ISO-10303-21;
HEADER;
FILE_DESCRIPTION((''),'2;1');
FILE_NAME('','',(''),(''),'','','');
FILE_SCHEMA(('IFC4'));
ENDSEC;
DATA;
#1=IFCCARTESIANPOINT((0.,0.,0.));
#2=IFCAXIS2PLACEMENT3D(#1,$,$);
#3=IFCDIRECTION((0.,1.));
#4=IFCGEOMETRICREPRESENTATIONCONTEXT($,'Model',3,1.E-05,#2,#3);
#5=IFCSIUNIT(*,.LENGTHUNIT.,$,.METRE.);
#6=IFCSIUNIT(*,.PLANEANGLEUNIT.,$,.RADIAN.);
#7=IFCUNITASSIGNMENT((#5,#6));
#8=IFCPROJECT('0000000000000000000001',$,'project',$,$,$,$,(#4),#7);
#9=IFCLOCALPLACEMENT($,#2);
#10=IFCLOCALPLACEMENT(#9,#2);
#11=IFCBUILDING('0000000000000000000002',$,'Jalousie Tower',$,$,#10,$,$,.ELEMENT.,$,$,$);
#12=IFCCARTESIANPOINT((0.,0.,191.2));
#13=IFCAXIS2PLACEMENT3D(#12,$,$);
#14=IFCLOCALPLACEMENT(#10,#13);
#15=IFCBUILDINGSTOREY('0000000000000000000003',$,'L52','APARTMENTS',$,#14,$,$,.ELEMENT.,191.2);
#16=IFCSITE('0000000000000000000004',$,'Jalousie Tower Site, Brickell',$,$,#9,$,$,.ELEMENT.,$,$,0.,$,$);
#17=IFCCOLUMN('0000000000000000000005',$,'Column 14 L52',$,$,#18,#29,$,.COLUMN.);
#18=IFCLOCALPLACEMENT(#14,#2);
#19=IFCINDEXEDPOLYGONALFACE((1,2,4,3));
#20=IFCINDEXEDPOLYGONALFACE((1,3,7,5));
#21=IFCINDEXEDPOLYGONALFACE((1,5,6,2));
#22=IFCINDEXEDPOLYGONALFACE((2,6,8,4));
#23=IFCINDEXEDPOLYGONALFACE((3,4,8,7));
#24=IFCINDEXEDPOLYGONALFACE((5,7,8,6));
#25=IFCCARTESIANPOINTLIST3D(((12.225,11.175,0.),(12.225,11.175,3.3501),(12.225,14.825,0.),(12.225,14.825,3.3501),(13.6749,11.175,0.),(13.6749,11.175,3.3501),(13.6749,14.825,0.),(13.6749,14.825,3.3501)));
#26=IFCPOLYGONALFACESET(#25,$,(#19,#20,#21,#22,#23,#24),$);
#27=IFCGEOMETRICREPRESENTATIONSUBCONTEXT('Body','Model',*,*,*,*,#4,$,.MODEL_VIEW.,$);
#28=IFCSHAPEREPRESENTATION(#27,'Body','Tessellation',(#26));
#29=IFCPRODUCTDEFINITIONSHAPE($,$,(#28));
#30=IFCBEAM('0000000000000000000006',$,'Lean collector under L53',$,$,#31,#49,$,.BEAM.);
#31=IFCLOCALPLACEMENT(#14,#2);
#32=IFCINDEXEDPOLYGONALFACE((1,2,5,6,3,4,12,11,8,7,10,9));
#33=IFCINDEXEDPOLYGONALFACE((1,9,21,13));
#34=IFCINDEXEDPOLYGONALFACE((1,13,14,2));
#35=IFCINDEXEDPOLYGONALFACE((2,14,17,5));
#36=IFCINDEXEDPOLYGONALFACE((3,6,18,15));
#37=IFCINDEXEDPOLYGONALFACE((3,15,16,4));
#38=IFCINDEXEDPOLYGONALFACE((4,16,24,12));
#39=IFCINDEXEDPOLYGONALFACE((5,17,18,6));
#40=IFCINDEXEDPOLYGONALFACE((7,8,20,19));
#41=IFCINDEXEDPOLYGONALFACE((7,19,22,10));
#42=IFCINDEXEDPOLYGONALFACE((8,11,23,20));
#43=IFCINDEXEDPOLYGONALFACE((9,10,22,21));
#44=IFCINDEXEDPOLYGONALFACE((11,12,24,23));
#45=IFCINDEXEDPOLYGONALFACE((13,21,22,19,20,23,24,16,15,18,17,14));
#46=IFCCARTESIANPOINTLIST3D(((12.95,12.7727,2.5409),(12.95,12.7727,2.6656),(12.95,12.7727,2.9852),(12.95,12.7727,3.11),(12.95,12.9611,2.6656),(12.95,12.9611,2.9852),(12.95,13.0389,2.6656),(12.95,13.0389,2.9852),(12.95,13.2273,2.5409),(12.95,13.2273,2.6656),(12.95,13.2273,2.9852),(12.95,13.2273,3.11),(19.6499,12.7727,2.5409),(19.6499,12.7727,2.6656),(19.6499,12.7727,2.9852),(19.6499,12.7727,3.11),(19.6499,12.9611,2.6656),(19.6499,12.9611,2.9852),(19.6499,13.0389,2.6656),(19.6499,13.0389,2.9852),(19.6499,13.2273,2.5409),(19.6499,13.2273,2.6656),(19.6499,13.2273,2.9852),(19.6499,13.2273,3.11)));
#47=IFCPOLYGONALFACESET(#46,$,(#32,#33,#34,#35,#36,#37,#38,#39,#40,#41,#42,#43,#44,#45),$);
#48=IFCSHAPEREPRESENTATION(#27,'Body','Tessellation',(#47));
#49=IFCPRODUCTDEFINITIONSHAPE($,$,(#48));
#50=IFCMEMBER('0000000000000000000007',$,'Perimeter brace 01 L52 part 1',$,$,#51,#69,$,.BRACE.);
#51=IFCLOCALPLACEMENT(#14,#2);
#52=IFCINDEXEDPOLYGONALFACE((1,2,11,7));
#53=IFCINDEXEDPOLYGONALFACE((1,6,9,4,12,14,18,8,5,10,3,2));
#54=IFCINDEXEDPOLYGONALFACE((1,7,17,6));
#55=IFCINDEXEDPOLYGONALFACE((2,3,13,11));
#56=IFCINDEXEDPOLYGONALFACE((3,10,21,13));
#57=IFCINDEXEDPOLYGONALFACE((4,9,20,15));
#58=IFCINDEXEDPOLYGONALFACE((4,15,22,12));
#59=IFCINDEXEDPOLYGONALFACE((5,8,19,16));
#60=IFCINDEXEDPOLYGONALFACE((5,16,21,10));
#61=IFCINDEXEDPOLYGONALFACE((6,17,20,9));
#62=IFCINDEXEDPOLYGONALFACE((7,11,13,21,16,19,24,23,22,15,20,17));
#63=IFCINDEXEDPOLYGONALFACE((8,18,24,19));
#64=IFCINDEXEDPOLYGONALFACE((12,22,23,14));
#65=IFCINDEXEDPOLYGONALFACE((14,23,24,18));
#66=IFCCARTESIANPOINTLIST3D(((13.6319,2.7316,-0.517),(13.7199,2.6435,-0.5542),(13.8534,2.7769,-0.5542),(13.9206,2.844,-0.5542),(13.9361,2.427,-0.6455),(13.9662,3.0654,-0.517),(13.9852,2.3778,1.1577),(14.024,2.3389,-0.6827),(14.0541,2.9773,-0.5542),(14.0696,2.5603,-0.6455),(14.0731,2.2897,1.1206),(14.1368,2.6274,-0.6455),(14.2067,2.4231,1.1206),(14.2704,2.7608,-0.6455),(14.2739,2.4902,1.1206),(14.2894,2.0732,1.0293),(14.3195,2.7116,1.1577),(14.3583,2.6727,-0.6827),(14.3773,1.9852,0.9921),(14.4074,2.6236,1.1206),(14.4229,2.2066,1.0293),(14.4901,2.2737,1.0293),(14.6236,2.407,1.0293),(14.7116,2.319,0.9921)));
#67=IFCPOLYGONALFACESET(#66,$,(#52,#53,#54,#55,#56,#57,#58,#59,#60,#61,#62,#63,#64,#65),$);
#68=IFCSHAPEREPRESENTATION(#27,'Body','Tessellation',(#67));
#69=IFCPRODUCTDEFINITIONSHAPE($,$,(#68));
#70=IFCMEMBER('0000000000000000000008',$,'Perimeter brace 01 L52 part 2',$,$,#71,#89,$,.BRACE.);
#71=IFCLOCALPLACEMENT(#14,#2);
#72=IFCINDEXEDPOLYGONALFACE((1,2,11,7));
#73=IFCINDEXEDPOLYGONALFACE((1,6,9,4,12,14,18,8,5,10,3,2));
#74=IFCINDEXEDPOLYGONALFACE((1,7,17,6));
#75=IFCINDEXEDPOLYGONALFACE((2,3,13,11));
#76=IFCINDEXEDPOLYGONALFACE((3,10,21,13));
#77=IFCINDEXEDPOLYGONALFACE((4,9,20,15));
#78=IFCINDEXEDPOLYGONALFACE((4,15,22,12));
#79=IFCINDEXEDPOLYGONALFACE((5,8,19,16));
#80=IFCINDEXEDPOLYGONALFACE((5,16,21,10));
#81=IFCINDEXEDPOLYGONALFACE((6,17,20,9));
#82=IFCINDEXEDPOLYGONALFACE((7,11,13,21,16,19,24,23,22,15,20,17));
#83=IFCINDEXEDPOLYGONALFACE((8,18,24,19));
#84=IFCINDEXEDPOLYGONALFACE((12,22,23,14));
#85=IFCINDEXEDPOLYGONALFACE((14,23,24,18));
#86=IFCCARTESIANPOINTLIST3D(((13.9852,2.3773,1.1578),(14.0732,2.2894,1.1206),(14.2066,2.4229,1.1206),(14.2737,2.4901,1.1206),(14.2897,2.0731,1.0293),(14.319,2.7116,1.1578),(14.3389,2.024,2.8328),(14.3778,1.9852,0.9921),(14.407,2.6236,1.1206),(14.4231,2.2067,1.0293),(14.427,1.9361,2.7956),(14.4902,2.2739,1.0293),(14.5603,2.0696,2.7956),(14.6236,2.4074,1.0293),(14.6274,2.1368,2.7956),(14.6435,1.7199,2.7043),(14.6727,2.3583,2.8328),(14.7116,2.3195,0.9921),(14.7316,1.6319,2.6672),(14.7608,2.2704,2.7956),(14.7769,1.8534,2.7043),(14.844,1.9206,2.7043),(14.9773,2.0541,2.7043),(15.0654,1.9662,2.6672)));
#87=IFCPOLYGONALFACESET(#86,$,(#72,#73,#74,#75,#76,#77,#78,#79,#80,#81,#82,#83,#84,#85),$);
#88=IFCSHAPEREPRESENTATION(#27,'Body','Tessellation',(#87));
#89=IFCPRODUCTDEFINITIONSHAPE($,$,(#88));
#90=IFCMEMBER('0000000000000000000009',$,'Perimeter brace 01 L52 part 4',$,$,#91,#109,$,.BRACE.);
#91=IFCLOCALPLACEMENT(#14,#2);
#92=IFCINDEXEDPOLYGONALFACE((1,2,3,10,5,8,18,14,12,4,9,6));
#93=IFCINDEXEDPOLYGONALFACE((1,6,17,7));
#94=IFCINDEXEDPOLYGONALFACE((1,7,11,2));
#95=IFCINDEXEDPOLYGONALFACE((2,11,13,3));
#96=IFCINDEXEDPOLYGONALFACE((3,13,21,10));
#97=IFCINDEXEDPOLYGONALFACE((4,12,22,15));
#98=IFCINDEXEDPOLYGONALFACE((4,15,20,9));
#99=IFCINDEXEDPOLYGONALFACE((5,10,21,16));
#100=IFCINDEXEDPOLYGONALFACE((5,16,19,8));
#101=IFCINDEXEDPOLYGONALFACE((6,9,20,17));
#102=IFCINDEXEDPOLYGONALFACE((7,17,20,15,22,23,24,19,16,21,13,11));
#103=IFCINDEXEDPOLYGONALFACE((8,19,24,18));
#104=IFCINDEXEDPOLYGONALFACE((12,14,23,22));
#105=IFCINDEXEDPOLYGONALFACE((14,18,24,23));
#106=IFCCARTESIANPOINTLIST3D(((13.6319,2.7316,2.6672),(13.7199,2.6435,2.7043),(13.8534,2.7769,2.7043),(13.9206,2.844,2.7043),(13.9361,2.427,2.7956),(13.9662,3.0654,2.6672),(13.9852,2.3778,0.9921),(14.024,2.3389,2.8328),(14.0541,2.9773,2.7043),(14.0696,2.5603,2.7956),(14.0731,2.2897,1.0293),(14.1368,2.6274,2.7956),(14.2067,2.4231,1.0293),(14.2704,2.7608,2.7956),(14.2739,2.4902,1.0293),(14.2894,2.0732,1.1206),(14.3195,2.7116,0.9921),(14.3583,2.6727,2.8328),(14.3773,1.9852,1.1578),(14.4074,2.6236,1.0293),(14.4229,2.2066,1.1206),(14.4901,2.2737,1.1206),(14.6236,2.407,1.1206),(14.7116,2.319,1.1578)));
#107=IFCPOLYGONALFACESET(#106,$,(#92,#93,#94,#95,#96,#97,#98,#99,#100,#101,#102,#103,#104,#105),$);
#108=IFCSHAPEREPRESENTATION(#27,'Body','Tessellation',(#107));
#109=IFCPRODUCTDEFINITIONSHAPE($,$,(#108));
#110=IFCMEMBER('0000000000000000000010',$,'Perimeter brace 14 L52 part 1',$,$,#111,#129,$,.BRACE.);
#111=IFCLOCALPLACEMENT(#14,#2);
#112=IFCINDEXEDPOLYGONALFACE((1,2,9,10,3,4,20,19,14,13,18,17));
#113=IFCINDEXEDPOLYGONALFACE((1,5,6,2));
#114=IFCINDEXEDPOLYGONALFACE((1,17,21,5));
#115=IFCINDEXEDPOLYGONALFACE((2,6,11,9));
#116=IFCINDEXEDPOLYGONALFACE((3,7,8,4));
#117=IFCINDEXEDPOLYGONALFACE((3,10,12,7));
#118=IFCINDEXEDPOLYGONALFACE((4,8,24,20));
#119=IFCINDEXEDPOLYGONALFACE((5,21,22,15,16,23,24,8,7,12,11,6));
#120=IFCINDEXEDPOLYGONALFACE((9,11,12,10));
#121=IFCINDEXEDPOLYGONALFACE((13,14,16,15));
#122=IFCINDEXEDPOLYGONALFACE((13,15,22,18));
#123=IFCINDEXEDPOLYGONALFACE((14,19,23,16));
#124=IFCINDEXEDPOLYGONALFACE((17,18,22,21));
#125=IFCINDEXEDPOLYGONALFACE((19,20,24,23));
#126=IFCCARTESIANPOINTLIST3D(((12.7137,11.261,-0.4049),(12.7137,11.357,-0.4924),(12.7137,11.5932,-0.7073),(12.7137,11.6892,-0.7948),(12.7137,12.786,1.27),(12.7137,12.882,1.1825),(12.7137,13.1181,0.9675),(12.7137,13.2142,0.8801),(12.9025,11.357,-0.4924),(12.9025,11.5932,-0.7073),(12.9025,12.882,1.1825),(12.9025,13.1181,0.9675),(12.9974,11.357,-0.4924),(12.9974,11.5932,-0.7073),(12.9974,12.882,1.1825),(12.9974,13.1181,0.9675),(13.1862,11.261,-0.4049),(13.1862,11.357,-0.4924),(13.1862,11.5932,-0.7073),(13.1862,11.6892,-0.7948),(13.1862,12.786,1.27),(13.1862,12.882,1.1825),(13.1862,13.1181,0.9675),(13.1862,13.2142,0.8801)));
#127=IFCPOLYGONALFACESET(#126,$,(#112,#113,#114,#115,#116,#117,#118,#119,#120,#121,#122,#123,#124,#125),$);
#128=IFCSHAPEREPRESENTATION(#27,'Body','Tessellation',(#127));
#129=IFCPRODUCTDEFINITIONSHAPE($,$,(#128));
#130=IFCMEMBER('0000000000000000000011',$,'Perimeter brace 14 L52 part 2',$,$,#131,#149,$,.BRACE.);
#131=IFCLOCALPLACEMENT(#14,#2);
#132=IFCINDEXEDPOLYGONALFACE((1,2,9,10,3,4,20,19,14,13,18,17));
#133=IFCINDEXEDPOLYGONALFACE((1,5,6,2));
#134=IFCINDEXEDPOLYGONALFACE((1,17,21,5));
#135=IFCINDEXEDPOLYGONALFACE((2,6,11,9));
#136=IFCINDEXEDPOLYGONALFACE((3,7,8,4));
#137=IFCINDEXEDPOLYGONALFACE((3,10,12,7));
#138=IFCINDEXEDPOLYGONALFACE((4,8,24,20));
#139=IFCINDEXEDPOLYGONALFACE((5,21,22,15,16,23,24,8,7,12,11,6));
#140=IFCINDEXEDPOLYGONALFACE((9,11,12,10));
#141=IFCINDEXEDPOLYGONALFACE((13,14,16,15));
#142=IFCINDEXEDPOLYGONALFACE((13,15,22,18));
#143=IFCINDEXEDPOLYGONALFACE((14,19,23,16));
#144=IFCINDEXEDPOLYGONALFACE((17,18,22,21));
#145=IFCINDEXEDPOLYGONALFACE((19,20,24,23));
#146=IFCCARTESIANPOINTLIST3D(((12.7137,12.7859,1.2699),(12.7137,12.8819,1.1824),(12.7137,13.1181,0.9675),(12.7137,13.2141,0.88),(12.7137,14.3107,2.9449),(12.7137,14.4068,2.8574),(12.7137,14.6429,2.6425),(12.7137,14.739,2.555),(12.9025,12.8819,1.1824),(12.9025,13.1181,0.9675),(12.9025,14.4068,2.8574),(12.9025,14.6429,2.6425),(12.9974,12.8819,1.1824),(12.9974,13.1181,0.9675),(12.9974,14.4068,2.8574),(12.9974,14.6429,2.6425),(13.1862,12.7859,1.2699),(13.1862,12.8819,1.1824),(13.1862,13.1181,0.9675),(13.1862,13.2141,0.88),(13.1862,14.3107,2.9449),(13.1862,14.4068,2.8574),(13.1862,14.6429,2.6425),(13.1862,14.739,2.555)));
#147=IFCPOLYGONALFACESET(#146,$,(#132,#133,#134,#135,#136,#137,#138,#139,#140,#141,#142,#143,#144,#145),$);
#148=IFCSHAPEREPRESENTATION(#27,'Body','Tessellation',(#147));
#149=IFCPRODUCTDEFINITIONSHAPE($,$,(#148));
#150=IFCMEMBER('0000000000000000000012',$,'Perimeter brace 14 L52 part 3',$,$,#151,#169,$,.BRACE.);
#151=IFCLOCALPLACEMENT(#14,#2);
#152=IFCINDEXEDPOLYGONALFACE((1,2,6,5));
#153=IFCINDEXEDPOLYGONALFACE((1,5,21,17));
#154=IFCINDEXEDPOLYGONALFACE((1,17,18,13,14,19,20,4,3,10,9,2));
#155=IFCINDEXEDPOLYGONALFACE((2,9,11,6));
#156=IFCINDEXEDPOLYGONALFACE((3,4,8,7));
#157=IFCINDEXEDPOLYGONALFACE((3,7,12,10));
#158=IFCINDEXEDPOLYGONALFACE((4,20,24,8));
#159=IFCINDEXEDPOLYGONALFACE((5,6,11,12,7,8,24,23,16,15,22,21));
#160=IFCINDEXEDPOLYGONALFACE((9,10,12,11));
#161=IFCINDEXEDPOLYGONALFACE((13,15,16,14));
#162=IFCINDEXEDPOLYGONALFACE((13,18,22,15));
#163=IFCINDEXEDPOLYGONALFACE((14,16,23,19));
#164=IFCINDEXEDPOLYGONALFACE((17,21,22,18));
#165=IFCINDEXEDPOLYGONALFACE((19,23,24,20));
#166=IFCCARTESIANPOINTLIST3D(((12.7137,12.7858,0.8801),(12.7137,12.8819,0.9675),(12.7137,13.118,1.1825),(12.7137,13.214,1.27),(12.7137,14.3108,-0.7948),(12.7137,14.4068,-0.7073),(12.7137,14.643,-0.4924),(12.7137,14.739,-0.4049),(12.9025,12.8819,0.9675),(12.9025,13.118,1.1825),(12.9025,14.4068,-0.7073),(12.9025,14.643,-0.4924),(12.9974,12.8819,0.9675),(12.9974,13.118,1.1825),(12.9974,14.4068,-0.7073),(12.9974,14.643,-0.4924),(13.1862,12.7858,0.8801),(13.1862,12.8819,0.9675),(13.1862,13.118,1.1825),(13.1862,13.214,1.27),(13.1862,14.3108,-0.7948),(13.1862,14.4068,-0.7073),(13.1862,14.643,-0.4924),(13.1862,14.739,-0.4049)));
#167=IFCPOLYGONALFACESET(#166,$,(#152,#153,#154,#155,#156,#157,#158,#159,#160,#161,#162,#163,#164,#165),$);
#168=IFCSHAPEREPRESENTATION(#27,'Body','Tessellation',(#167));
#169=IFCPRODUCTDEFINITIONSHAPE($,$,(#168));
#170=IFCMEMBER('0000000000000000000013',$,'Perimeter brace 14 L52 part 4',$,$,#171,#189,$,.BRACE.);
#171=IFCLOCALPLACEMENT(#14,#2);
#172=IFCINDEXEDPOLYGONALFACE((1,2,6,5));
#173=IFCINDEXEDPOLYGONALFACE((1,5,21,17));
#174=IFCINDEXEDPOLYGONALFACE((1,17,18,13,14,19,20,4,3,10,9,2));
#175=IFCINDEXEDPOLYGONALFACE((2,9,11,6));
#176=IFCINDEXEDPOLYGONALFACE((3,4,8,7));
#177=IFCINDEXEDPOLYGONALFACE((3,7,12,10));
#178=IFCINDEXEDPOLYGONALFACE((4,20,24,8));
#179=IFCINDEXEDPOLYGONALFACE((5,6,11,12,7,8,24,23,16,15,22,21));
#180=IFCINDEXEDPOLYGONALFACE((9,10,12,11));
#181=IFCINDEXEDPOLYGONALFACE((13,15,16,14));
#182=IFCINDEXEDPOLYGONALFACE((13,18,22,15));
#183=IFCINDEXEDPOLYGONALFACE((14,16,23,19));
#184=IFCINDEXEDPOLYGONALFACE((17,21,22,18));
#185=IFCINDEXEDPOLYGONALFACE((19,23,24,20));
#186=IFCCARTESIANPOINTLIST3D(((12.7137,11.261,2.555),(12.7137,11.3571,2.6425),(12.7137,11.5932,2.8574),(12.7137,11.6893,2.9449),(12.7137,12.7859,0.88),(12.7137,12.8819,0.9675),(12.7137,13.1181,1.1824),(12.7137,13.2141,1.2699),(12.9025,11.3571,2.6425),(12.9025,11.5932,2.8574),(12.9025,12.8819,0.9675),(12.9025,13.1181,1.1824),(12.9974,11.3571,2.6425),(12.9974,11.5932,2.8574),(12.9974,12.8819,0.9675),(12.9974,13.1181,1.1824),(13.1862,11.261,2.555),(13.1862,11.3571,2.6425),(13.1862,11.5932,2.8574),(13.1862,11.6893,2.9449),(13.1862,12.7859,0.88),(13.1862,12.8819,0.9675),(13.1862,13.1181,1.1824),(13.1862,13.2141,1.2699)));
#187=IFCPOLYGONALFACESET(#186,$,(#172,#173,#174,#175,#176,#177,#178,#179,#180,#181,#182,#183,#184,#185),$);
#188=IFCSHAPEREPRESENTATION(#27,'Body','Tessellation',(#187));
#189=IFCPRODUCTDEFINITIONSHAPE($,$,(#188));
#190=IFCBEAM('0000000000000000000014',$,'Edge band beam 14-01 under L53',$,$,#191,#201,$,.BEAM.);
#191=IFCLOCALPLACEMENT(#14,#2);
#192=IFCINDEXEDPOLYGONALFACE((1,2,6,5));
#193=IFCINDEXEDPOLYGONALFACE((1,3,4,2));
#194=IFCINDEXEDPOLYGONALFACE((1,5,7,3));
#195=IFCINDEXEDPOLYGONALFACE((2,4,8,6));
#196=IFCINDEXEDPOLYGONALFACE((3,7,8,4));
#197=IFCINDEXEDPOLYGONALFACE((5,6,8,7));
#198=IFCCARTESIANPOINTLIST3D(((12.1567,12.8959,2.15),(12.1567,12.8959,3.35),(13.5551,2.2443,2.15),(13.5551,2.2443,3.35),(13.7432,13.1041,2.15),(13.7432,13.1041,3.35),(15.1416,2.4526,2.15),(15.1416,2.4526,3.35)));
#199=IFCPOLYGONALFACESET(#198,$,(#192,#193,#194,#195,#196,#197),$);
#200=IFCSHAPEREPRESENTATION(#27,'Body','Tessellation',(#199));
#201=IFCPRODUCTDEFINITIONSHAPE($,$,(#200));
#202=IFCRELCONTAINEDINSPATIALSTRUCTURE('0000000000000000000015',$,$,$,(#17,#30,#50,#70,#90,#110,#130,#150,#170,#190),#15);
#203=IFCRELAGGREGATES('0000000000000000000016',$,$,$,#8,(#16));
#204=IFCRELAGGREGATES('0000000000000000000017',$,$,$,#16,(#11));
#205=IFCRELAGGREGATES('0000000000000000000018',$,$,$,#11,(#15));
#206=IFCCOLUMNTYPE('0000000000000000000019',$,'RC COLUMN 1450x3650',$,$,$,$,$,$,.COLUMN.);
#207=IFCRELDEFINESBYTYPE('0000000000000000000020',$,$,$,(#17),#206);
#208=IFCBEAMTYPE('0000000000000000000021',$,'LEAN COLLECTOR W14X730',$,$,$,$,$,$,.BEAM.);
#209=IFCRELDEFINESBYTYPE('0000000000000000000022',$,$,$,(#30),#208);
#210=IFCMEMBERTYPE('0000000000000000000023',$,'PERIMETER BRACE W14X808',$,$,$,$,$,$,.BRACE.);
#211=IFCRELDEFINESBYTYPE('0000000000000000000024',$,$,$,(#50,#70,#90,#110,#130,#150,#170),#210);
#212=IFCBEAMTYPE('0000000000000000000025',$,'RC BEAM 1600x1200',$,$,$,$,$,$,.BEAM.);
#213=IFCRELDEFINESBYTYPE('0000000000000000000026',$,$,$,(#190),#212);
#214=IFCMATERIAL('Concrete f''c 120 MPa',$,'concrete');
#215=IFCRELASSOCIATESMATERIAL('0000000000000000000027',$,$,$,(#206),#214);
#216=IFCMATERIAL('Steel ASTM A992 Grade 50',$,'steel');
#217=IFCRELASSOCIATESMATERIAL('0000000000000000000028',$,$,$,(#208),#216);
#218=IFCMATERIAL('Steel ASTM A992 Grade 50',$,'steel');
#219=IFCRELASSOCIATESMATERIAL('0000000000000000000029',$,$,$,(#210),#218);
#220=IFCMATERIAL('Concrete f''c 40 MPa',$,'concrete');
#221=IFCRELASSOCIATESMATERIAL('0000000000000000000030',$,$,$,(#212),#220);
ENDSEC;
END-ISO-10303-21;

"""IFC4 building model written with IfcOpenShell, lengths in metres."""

from ifc_helpers import new_model, si_unit, direction, frame, origin, origin_2d, place, context, subcontext, project, spatial, rectangle, i_section, extrude, material, material_profile, profile_set, type_object, element, save


model = new_model("IFC4")

# Units and contexts
model_context = context("Model", 3, precision=1e-05, world=origin(), true_north=direction((0.0, 1.0)))
body_context = subcontext(model_context, "Body", "Model", "MODEL_VIEW")
ifc_project = project(units=[si_unit("LENGTHUNIT", "METRE"), si_unit("PLANEANGLEUNIT", "RADIAN")], contexts=[model_context])

# Site, building, storey
site_placement = place(None, origin())
site = spatial("IfcSite", under=ifc_project, at=site_placement, Name="Jalousie Tower Site, Brickell", CompositionType="ELEMENT", RefElevation=0.0)
building_placement = place(site_placement, origin())
building = spatial("IfcBuilding", under=site, at=building_placement, Name="Jalousie Tower", CompositionType="ELEMENT")
storey_placement = place(building_placement, frame((0.0, 0.0, 191.2)))
storey = spatial("IfcBuildingStorey", under=building, at=storey_placement, Name="L52", Description="APARTMENTS", CompositionType="ELEMENT", Elevation=191.2)

# Column
ifc_material_1 = material(Name="Concrete f'c 120 MPa", Category="concrete")
ifc_material_profile_1 = material_profile(ifc_material_1, rectangle(XDim=1.45, YDim=3.6499, at=origin_2d()), Name="RC 1450x3650")
ifc_profile_set_1 = profile_set([ifc_material_profile_1], Name="Concrete f'c 120 MPa")
column_type = type_object("IfcColumnType", Name="RC COLUMN 1450x3650", PredefinedType="COLUMN", material=ifc_profile_set_1)
column_placement = place(storey_placement, frame((12.95, 13.0, 0.0), z_axis=(0.0, 0.0, 1.0), x_axis=(1.0, 0.0, 0.0)))
element("IfcColumn", 1, at=column_placement, inside=storey, type_object=column_type, Name="Column 14 L52", PredefinedType="COLUMN", context=body_context, shape_type="SweptSolid", body=[
    extrude(rectangle(XDim=1.45, YDim=3.6499, at=origin_2d()), origin(), (0.0, 0.0, 1.0), 3.3501),
])

# Beam
ifc_material_2 = material(Name="Steel ASTM A992 Grade 50", Category="steel")
ifc_material_profile_2 = material_profile(ifc_material_2, i_section(OverallWidth=0.4546, OverallDepth=0.5691, WebThickness=0.0779, FlangeThickness=0.1248, at=origin_2d()), Name="W14X730")
ifc_profile_set_2 = profile_set([ifc_material_profile_2], Name="Steel ASTM A992 Grade 50")
beam_type_1 = type_object("IfcBeamType", Name="LEAN COLLECTOR W14X730", PredefinedType="BEAM", material=ifc_profile_set_2)
beam_1_placement = place(storey_placement, frame((12.95, 13.0, 2.8254), z_axis=(1.0, 0.0, 0.0), x_axis=(0.0, 1.0, 0.0)))
element("IfcBeam", 2, at=beam_1_placement, inside=storey, type_object=beam_type_1, Name="Lean collector under L53", PredefinedType="BEAM", context=body_context, shape_type="SweptSolid", body=[
    extrude(i_section(OverallWidth=0.4546, OverallDepth=0.5691, WebThickness=0.0779, FlangeThickness=0.1248, at=origin_2d()), origin(), (0.0, 0.0, 1.0), 6.7),
])

# Members
ifc_material_3 = material(Name="Steel ASTM A992 Grade 50", Category="steel")
ifc_material_profile_3 = material_profile(ifc_material_3, i_section(OverallWidth=0.4724, OverallDepth=0.5791, WebThickness=0.095, FlangeThickness=0.1299, at=origin_2d()), Name="W14X808")
ifc_profile_set_3 = profile_set([ifc_material_profile_3], Name="Steel ASTM A992 Grade 50")
member_type = type_object("IfcMemberType", Name="PERIMETER BRACE W14X808", PredefinedType="BRACE", material=ifc_profile_set_3)
member_placement = place(storey_placement, frame((13.9951, 2.7021, -0.5999), z_axis=(0.20212, -0.202399, 0.958218), x_axis=(0.707595, 0.706618, 0.0)))
element("IfcMember", 3, at=member_placement, inside=storey, type_object=member_type, Name="Perimeter brace 01 L52 part 1", PredefinedType="BRACE", context=body_context, shape_type="SweptSolid", body=[
    extrude(i_section(OverallWidth=0.4724, OverallDepth=0.5791, WebThickness=0.095, FlangeThickness=0.1299, at=origin_2d()), origin(), (0.0, 0.0, 1.0), 1.7478),
])
for number, where, z_axis, x_axis, name in (
    (4, (14.3484, 2.3484, 1.075), (0.202372, -0.202093, 0.95823), (0.706618, 0.707595, 0.0), "Perimeter brace 01 L52 part 2"),
    (5, (14.3484, 2.3484, 1.075), (-0.202093, 0.202372, 0.95823), (-0.707595, -0.706618, 0.0), "Perimeter brace 01 L52 part 4"),
):
    element("IfcMember", number, at=place(storey_placement, frame(where, z_axis=z_axis, x_axis=x_axis)), inside=storey, type_object=member_type, Name=name, PredefinedType="BRACE", context=body_context, shape_type="SweptSolid", body=[
        extrude(i_section(OverallWidth=0.4724, OverallDepth=0.5791, WebThickness=0.095, FlangeThickness=0.1299, at=origin_2d()), origin(), (0.0, 0.0, 1.0), 1.748),
    ])
for number, where, z_axis, x_axis, name in (
    (6, (12.95, 11.4751, -0.5999), (0.0, 0.673241, 0.739423), (-1.0, 0.0, 0.0), "Perimeter brace 14 L52 part 1"),
    (7, (12.95, 13.0, 1.075), (0.0, 0.673188, 0.739472), (-1.0, 0.0, 0.0), "Perimeter brace 14 L52 part 2"),
    (8, (12.95, 14.5249, -0.5999), (0.0, -0.673241, 0.739423), (1.0, 0.0, 0.0), "Perimeter brace 14 L52 part 3"),
    (9, (12.95, 13.0, 1.075), (0.0, -0.673188, 0.739472), (1.0, 0.0, 0.0), "Perimeter brace 14 L52 part 4"),
):
    element("IfcMember", number, at=place(storey_placement, frame(where, z_axis=z_axis, x_axis=x_axis)), inside=storey, type_object=member_type, Name=name, PredefinedType="BRACE", context=body_context, shape_type="SweptSolid", body=[
        extrude(i_section(OverallWidth=0.4724, OverallDepth=0.5791, WebThickness=0.095, FlangeThickness=0.1299, at=origin_2d()), origin(), (0.0, 0.0, 1.0), 2.2651),
    ])

# Beam
ifc_material_4 = material(Name="Concrete f'c 40 MPa", Category="concrete")
ifc_material_profile_4 = material_profile(ifc_material_4, rectangle(XDim=1.6001, YDim=1.2, at=origin_2d()), Name="RC 1600x1200")
ifc_profile_set_4 = profile_set([ifc_material_profile_4], Name="Concrete f'c 40 MPa")
beam_type_2 = type_object("IfcBeamType", Name="RC BEAM 1600x1200", PredefinedType="BEAM", material=ifc_profile_set_4)
beam_2_placement = place(storey_placement, frame((12.95, 13.0, 2.75), z_axis=(0.130172, -0.991491, 0.0), x_axis=(0.991491, 0.130172, 0.0)))
element("IfcBeam", 10, at=beam_2_placement, inside=storey, type_object=beam_type_2, Name="Edge band beam 14-01 under L53", PredefinedType="BEAM", context=body_context, shape_type="SweptSolid", body=[
    extrude(rectangle(XDim=1.6001, YDim=1.2, at=origin_2d()), origin(), (0.0, 0.0, 1.0), 10.7429),
])

save(model, "model.ifc")
